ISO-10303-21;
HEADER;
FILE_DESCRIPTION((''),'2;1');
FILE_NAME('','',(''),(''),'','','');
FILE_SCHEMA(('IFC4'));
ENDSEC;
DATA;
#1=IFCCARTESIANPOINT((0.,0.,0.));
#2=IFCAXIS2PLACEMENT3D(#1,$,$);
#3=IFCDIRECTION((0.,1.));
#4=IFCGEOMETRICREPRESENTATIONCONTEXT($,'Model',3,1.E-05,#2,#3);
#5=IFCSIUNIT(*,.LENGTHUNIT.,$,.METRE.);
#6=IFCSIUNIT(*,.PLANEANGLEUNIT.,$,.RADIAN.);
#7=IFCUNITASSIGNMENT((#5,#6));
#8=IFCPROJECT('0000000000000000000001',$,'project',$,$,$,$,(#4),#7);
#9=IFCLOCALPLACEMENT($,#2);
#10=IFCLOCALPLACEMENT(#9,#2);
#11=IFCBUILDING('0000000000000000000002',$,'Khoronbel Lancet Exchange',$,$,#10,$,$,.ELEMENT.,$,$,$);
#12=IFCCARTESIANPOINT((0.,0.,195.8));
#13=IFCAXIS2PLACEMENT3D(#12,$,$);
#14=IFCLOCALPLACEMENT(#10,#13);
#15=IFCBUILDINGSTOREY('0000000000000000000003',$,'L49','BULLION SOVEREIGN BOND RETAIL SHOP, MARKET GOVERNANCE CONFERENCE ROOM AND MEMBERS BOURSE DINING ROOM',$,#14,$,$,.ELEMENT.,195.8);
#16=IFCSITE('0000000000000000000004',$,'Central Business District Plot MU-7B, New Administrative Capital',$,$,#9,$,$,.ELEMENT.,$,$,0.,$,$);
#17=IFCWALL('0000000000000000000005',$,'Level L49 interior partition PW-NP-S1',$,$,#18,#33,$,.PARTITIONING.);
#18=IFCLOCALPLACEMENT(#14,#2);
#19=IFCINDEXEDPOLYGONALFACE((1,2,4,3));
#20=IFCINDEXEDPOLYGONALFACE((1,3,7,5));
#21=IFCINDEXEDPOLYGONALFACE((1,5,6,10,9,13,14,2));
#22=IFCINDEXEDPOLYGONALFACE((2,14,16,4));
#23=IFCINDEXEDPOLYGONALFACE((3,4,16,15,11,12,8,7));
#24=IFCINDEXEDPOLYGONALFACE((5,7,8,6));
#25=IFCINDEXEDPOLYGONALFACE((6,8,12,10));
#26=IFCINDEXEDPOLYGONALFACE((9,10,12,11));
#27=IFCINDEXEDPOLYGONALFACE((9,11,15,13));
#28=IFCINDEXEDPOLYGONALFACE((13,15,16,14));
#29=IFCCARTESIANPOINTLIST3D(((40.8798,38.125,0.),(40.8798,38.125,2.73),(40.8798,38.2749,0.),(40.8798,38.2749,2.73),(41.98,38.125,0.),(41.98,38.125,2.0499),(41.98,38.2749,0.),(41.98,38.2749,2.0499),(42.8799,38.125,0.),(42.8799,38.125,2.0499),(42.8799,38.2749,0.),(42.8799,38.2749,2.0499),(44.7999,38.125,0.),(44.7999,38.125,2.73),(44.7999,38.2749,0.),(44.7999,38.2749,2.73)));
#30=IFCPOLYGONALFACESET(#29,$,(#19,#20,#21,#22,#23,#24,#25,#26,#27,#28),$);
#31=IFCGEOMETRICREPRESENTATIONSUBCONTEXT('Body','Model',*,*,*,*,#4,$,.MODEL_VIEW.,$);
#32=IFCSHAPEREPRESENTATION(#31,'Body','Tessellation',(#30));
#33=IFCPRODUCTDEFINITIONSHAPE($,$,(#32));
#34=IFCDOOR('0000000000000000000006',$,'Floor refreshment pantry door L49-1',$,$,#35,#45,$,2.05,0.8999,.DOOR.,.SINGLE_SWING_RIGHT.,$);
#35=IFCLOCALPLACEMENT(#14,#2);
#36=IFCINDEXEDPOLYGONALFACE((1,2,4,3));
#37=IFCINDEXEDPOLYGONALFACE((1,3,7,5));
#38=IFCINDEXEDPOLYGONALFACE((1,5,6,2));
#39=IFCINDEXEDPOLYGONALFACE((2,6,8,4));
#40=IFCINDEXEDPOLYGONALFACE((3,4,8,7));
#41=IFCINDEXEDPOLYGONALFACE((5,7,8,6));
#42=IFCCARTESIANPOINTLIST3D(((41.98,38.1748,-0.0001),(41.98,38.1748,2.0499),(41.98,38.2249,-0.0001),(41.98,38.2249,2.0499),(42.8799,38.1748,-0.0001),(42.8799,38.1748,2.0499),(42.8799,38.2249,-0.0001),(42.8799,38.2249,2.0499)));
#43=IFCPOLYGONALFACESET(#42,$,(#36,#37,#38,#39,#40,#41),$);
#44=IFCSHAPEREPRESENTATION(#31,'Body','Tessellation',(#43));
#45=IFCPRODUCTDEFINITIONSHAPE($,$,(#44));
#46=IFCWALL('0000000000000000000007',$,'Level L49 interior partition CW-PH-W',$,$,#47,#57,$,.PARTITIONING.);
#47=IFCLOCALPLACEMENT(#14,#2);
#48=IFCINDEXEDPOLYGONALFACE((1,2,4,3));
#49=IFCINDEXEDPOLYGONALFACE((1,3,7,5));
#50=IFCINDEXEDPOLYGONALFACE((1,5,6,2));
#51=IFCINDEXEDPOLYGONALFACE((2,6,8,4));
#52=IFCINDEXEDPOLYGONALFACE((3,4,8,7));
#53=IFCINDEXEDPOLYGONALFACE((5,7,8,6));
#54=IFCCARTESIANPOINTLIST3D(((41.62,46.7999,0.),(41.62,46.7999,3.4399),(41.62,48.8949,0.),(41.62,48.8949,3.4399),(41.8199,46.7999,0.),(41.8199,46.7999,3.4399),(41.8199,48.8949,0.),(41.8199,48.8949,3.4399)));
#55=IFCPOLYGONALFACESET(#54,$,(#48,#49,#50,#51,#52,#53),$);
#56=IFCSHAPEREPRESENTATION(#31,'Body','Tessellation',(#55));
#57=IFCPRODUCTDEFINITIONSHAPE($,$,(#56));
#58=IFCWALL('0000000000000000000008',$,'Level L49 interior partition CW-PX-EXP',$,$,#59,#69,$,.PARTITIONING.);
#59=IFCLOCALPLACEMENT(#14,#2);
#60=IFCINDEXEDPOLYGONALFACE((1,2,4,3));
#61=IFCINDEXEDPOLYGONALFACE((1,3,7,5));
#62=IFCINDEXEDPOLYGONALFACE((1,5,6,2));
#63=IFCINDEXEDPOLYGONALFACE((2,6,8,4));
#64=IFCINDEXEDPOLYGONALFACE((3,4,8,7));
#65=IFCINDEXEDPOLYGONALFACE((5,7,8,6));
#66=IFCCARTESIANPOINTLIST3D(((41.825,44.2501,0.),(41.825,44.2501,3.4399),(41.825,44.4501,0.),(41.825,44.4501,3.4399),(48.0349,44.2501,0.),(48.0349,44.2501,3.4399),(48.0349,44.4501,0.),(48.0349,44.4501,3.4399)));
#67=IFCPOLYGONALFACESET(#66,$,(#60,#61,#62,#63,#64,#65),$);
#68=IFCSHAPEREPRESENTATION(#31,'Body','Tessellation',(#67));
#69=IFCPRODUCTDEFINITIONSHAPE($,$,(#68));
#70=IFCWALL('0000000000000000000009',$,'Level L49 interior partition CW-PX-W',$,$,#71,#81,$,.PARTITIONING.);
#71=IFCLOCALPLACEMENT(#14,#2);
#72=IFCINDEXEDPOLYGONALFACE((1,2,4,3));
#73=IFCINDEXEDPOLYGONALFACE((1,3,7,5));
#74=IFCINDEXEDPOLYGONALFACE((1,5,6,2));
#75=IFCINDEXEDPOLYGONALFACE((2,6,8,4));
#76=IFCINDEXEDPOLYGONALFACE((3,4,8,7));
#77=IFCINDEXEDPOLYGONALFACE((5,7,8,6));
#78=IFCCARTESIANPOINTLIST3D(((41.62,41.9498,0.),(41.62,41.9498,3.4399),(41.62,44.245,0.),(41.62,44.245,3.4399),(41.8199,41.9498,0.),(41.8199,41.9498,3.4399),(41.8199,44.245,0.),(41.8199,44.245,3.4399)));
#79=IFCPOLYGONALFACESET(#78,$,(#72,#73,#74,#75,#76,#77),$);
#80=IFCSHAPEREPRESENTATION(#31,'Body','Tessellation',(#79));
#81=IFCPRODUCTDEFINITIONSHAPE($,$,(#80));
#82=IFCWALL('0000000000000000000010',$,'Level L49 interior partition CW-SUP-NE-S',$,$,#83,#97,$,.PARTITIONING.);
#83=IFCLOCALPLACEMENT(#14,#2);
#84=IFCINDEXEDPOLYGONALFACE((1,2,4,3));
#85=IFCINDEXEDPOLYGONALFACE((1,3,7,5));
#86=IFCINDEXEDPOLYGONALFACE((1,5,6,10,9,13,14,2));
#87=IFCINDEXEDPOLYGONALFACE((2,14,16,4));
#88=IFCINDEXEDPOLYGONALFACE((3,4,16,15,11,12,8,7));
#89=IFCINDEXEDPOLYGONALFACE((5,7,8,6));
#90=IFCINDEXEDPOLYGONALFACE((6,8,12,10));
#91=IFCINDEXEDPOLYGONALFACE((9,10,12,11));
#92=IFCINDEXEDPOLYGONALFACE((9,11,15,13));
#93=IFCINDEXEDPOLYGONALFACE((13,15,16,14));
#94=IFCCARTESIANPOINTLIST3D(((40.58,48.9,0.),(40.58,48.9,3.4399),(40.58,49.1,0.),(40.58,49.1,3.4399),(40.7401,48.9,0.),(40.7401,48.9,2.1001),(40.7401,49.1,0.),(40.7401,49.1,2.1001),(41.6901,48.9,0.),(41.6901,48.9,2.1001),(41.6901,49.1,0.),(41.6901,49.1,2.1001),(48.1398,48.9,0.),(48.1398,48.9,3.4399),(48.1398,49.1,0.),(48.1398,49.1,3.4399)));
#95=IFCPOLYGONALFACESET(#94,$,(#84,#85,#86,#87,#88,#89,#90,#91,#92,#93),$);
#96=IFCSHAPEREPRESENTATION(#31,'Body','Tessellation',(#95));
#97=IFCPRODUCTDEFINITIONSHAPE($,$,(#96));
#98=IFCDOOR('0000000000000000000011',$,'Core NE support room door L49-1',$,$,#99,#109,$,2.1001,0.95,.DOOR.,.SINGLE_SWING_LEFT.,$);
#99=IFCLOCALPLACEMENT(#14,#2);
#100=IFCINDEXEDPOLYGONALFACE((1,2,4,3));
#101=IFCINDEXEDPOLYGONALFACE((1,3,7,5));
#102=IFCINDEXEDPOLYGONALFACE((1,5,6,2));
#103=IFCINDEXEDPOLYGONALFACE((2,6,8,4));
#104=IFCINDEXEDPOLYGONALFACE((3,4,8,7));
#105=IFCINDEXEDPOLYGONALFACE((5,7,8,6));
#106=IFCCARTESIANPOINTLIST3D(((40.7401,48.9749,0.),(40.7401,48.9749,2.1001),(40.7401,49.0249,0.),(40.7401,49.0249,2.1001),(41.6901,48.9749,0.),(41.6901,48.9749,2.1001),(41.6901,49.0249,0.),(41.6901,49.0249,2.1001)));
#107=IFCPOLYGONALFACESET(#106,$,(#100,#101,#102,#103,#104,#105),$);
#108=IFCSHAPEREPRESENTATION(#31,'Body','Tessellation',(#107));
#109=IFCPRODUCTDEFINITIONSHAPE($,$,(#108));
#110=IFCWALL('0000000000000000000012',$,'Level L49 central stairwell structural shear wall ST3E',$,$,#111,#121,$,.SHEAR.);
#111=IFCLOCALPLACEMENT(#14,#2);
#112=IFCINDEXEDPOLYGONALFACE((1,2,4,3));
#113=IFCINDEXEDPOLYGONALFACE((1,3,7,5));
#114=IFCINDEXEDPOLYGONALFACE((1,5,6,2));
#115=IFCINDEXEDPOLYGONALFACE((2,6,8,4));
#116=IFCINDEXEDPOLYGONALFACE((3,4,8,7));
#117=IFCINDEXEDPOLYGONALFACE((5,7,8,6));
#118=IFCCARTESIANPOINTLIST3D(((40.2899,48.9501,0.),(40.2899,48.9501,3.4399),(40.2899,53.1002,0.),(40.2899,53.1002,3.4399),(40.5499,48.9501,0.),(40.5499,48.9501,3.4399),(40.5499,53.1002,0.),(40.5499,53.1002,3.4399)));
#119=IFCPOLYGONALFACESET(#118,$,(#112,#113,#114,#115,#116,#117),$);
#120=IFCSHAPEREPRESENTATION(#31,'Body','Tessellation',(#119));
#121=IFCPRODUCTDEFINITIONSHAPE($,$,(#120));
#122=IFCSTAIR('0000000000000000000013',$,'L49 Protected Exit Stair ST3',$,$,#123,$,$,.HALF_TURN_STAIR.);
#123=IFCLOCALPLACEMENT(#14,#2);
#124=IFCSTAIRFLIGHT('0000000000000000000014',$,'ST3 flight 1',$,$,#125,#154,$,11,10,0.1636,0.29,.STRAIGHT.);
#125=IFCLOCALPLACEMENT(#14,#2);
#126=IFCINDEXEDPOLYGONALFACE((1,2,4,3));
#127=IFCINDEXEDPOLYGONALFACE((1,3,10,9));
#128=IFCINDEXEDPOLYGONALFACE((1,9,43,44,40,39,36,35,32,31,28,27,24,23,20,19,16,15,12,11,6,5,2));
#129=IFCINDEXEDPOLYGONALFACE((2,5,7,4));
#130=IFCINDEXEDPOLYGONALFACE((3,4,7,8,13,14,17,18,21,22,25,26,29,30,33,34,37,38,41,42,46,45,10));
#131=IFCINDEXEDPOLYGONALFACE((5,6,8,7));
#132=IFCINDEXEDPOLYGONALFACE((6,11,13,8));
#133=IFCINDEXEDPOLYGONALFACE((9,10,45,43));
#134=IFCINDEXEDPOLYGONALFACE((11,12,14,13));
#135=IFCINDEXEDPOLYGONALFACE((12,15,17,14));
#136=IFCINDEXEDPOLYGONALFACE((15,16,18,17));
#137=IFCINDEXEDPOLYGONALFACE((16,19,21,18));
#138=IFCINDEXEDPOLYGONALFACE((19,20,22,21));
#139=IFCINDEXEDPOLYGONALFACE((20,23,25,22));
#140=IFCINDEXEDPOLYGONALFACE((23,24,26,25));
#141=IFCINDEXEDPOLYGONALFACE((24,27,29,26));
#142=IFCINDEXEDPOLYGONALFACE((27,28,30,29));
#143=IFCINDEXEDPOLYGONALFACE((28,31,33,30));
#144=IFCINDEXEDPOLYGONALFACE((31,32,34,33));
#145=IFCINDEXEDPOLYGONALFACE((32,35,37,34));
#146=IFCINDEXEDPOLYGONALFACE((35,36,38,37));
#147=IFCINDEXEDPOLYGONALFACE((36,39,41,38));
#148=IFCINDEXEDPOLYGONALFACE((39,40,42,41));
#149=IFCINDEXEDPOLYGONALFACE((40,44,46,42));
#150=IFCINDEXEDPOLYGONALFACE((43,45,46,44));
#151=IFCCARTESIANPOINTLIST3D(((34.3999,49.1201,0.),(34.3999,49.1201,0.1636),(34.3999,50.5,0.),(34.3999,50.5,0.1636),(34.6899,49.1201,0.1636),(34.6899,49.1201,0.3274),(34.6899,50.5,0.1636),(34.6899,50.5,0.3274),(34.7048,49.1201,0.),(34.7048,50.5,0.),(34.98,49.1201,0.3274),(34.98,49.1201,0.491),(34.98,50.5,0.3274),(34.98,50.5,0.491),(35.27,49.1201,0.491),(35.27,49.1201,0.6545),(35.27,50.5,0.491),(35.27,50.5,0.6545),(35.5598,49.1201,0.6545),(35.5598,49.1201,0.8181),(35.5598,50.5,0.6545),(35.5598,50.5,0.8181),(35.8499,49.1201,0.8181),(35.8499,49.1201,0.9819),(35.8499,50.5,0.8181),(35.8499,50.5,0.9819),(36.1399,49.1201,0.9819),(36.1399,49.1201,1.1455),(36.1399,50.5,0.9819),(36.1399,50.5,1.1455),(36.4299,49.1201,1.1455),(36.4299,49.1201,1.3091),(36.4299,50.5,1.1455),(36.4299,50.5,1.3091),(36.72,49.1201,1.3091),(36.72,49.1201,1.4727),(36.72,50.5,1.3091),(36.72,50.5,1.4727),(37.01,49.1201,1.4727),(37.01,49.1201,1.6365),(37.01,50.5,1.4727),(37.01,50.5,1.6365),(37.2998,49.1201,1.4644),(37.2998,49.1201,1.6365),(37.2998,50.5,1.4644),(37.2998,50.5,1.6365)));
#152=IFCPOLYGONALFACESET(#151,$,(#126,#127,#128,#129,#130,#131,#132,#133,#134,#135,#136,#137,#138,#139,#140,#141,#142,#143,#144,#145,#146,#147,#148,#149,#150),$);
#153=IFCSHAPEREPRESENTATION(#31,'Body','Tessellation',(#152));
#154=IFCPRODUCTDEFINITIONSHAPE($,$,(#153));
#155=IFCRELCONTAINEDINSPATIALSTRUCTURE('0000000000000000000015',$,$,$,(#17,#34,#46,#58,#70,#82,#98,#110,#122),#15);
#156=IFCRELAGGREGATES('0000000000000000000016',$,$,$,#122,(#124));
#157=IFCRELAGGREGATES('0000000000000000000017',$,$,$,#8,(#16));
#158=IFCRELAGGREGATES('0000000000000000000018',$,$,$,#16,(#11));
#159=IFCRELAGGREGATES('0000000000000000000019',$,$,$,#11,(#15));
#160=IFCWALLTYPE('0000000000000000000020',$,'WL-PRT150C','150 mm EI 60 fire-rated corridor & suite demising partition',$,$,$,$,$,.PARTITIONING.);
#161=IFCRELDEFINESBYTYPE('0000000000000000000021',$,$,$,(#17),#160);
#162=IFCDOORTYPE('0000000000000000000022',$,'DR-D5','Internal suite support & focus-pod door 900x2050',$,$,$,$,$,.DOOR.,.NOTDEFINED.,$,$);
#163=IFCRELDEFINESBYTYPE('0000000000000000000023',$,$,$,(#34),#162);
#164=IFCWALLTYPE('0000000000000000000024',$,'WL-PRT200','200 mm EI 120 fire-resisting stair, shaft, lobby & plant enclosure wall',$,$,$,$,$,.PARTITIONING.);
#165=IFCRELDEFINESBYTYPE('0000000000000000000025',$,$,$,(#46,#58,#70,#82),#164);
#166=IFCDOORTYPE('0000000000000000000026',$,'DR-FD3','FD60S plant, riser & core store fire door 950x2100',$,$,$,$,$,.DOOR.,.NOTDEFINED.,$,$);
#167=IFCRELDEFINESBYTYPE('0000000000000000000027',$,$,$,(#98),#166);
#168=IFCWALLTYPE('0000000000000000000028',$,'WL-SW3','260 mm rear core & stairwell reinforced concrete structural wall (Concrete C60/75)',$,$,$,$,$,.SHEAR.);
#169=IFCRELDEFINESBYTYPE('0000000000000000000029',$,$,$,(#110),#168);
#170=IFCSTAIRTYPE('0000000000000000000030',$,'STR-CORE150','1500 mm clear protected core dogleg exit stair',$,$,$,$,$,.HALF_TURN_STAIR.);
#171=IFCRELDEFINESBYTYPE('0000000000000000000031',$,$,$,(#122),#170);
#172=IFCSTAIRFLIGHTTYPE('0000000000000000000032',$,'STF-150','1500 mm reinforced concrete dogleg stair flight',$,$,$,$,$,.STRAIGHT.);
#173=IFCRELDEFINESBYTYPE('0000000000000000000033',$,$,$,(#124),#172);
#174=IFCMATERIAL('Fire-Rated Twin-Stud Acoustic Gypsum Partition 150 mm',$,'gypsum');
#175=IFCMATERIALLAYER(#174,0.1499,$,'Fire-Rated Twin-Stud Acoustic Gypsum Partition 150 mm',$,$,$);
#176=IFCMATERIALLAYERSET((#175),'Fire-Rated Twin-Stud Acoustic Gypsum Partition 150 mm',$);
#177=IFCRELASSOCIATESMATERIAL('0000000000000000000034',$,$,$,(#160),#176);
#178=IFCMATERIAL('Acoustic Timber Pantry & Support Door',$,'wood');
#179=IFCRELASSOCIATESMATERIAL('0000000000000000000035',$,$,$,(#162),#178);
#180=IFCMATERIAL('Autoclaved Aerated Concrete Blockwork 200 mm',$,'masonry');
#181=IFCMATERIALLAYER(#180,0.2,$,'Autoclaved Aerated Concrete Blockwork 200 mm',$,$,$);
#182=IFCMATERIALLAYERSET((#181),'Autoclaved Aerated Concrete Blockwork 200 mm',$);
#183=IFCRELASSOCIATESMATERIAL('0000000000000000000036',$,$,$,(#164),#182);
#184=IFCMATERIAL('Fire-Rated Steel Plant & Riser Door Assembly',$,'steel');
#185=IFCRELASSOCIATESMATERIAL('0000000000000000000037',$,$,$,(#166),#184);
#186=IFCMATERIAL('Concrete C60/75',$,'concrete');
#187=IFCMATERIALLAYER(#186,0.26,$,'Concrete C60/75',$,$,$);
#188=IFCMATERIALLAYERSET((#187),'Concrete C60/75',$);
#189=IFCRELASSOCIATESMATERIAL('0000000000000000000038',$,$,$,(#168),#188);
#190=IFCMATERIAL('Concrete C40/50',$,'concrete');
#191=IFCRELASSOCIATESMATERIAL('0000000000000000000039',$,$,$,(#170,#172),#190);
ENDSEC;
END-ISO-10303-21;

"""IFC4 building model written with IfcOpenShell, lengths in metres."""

from ifc_helpers import new_model, si_unit, direction, frame, frame_2d, origin, place, context, subcontext, project, spatial, polyline, rectangle, outline, extrude, material, layer, layer_set, type_object, element, fill, aggregate, save


model = new_model("IFC4")

# Units and contexts
model_context = context("Model", 3, precision=1e-05, world=origin(), true_north=direction((0.0, 1.0)))
body_context = subcontext(model_context, "Body", "Model", "MODEL_VIEW")
ifc_project = project(units=[si_unit("LENGTHUNIT", "METRE"), si_unit("PLANEANGLEUNIT", "RADIAN")], contexts=[model_context])

# Site, building, storey
site_placement = place(None, origin())
site = spatial("IfcSite", under=ifc_project, at=site_placement, Name="Central Business District Plot MU-7B, New Administrative Capital", CompositionType="ELEMENT", RefElevation=0.0)
building_placement = place(site_placement, origin())
building = spatial("IfcBuilding", under=site, at=building_placement, Name="Khoronbel Lancet Exchange", CompositionType="ELEMENT")
storey_placement = place(building_placement, frame((0.0, 0.0, 195.8)))
storey = spatial("IfcBuildingStorey", under=building, at=storey_placement, Name="L49", Description="BULLION SOVEREIGN BOND RETAIL SHOP, MARKET GOVERNANCE CONFERENCE ROOM AND MEMBERS BOURSE DINING ROOM", CompositionType="ELEMENT", Elevation=195.8)

# Shared definitions
ifc_material_1 = material(Name="Concrete C60/75", Category="concrete")

# Wall, opening, door
ifc_material_2 = material(Name="Fire-Rated Twin-Stud Acoustic Gypsum Partition 150 mm", Category="gypsum")
ifc_layer_1 = layer(ifc_material_2, 0.1499, Name="Fire-Rated Twin-Stud Acoustic Gypsum Partition 150 mm")
ifc_layer_set_1 = layer_set([ifc_layer_1], Name="Fire-Rated Twin-Stud Acoustic Gypsum Partition 150 mm")
wall_type_1 = type_object("IfcWallType", Name="WL-PRT150C", Description="150 mm EI 60 fire-rated corridor & suite demising partition", PredefinedType="PARTITIONING", material=ifc_layer_set_1)
wall_1_placement = place(storey_placement, frame((40.8799, 38.2, 0.0), z_axis=(0.0, 0.0, 1.0), x_axis=(1.0, 0.0, 0.0)))
wall_1 = element("IfcWall", 1, at=wall_1_placement, inside=storey, type_object=wall_type_1, Name="Level L49 interior partition PW-NP-S1", PredefinedType="PARTITIONING", context=body_context, shape_type="SweptSolid", body=[
    extrude(rectangle(XDim=3.9202, YDim=0.1499, at=frame_2d((1.96, 0.0))), origin(), (0.0, 0.0, 1.0), 2.73),
])
opening_1_placement = place(wall_1_placement, frame((1.1001, 0.0, 0.0)))
opening_1 = element("IfcOpeningElement", 2, at=opening_1_placement, cuts=wall_1, PredefinedType="OPENING", context=body_context, shape_type="SweptSolid", body=[
    extrude(rectangle(XDim=0.8999, YDim=2.05, at=frame_2d((0.45, 1.0249))), frame((0.0, 0.085, 0.0), z_axis=(0.0, -1.0, 0.0), x_axis=(1.0, 0.0, 0.0)), (0.0, 0.0, 1.0), 0.1699),
])
ifc_material_3 = material(Name="Acoustic Timber Pantry & Support Door", Category="wood")
door_type_1 = type_object("IfcDoorType", Name="DR-D5", Description="Internal suite support & focus-pod door 900x2050", OperationType="NOTDEFINED", PredefinedType="DOOR", material=ifc_material_3)
door_1_placement = place(opening_1_placement, origin())
door_1 = element("IfcDoor", 3, at=door_1_placement, inside=storey, type_object=door_type_1, Name="Floor refreshment pantry door L49-1", OperationType="SINGLE_SWING_RIGHT", OverallHeight=2.05, OverallWidth=0.8999, PredefinedType="DOOR", context=body_context, shape_type="SweptSolid", body=[
    extrude(rectangle(XDim=0.8999, YDim=2.05, at=frame_2d((0.45, 1.0249))), frame((0.0, 0.0249, 0.0), z_axis=(0.0, -1.0, 0.0), x_axis=(1.0, 0.0, 0.0)), (0.0, 0.0, 1.0), 0.05),
])
fill(opening_1, door_1)

# Walls
ifc_material_4 = material(Name="Autoclaved Aerated Concrete Blockwork 200 mm", Category="masonry")
ifc_layer_2 = layer(ifc_material_4, 0.2, Name="Autoclaved Aerated Concrete Blockwork 200 mm")
ifc_layer_set_2 = layer_set([ifc_layer_2], Name="Autoclaved Aerated Concrete Blockwork 200 mm")
wall_type_2 = type_object("IfcWallType", Name="WL-PRT200", Description="200 mm EI 120 fire-resisting stair, shaft, lobby & plant enclosure wall", PredefinedType="PARTITIONING", material=ifc_layer_set_2)
wall_2_placement = place(storey_placement, frame((41.72, 46.8, 0.0), z_axis=(0.0, 0.0, 1.0), x_axis=(0.0, 1.0, 0.0)))
element("IfcWall", 4, at=wall_2_placement, inside=storey, type_object=wall_type_2, Name="Level L49 interior partition CW-PH-W", PredefinedType="PARTITIONING", context=body_context, shape_type="SweptSolid", body=[
    extrude(rectangle(XDim=2.095, YDim=0.2, at=frame_2d((1.0474, 0.0))), origin(), (0.0, 0.0, 1.0), 3.4399),
])
wall_3_placement = place(storey_placement, frame((41.825, 44.3501, 0.0), z_axis=(0.0, 0.0, 1.0), x_axis=(1.0, 0.0, 0.0)))
element("IfcWall", 5, at=wall_3_placement, inside=storey, type_object=wall_type_2, Name="Level L49 interior partition CW-PX-EXP", PredefinedType="PARTITIONING", context=body_context, shape_type="SweptSolid", body=[
    extrude(rectangle(XDim=6.21, YDim=0.2, at=frame_2d((3.105, 0.0))), origin(), (0.0, 0.0, 1.0), 3.4399),
])
wall_4_placement = place(storey_placement, frame((41.72, 41.95, 0.0), z_axis=(0.0, 0.0, 1.0), x_axis=(0.0, 1.0, 0.0)))
element("IfcWall", 6, at=wall_4_placement, inside=storey, type_object=wall_type_2, Name="Level L49 interior partition CW-PX-W", PredefinedType="PARTITIONING", context=body_context, shape_type="SweptSolid", body=[
    extrude(rectangle(XDim=2.2952, YDim=0.2, at=frame_2d((1.1475, 0.0))), origin(), (0.0, 0.0, 1.0), 3.4399),
])

# Wall, opening, door
wall_5_placement = place(storey_placement, frame((40.5801, 49.0, 0.0), z_axis=(0.0, 0.0, 1.0), x_axis=(1.0, 0.0, 0.0)))
wall_5 = element("IfcWall", 7, at=wall_5_placement, inside=storey, type_object=wall_type_2, Name="Level L49 interior partition CW-SUP-NE-S", PredefinedType="PARTITIONING", context=body_context, shape_type="SweptSolid", body=[
    extrude(rectangle(XDim=7.5598, YDim=0.2, at=frame_2d((3.7798, 0.0))), origin(), (0.0, 0.0, 1.0), 3.4399),
])
opening_2_placement = place(wall_5_placement, frame((0.1599, 0.0, 0.0)))
opening_2 = element("IfcOpeningElement", 8, at=opening_2_placement, cuts=wall_5, PredefinedType="OPENING", context=body_context, shape_type="SweptSolid", body=[
    extrude(rectangle(XDim=0.95, YDim=2.1001, at=frame_2d((0.4751, 1.05))), frame((0.0, 0.1099, 0.0), z_axis=(0.0, -1.0, 0.0), x_axis=(1.0, 0.0, 0.0)), (0.0, 0.0, 1.0), 0.22),
])
ifc_material_5 = material(Name="Fire-Rated Steel Plant & Riser Door Assembly", Category="steel")
door_type_2 = type_object("IfcDoorType", Name="DR-FD3", Description="FD60S plant, riser & core store fire door 950x2100", OperationType="NOTDEFINED", PredefinedType="DOOR", material=ifc_material_5)
door_2_placement = place(opening_2_placement, origin())
door_2 = element("IfcDoor", 9, at=door_2_placement, inside=storey, type_object=door_type_2, Name="Core NE support room door L49-1", OperationType="SINGLE_SWING_LEFT", OverallHeight=2.1001, OverallWidth=0.95, PredefinedType="DOOR", context=body_context, shape_type="SweptSolid", body=[
    extrude(rectangle(XDim=0.95, YDim=2.1001, at=frame_2d((0.4751, 1.05))), frame((0.0, 0.0249, 0.0), z_axis=(0.0, -1.0, 0.0), x_axis=(1.0, 0.0, 0.0)), (0.0, 0.0, 1.0), 0.05),
])
fill(opening_2, door_2)

# Wall
ifc_layer_3 = layer(ifc_material_1, 0.26, Name="Concrete C60/75")
ifc_layer_set_3 = layer_set([ifc_layer_3], Name="Concrete C60/75")
wall_type_3 = type_object("IfcWallType", Name="WL-SW3", Description="260 mm rear core & stairwell reinforced concrete structural wall (Concrete C60/75)", PredefinedType="SHEAR", material=ifc_layer_set_3)
wall_6_placement = place(storey_placement, frame((40.4199, 48.95, 0.0), z_axis=(0.0, 0.0, 1.0), x_axis=(0.0, 1.0, 0.0)))
element("IfcWall", 10, at=wall_6_placement, inside=storey, type_object=wall_type_3, Name="Level L49 central stairwell structural shear wall ST3E", PredefinedType="SHEAR", context=body_context, shape_type="SweptSolid", body=[
    extrude(rectangle(XDim=4.1501, YDim=0.26, at=frame_2d((2.0752, 0.0))), origin(), (0.0, 0.0, 1.0), 3.4399),
])

# Stair, stair flight
ifc_material_6 = material(Name="Concrete C40/50", Category="concrete")
stair_type = type_object("IfcStairType", Name="STR-CORE150", Description="1500 mm clear protected core dogleg exit stair", PredefinedType="HALF_TURN_STAIR", material=ifc_material_6)
stair_placement = place(storey_placement, origin())
stair = element("IfcStair", 11, at=stair_placement, inside=storey, type_object=stair_type, Name="L49 Protected Exit Stair ST3", PredefinedType="HALF_TURN_STAIR")
stair_flight_type = type_object("IfcStairFlightType", Name="STF-150", Description="1500 mm reinforced concrete dogleg stair flight", PredefinedType="STRAIGHT", material=ifc_material_6)
stair_flight_1_placement = place(storey_placement, frame((34.3999, 49.8101, 0.0), z_axis=(0.0, 0.0, 1.0), x_axis=(1.0, 0.0, 0.0)))
stair_flight_1 = element("IfcStairFlight", 12, at=stair_flight_1_placement, type_object=stair_flight_type, Name="ST3 flight 1", NumberOfRisers=11, NumberOfTreads=10, PredefinedType="STRAIGHT", RiserHeight=0.1636, TreadLength=0.29, context=body_context, shape_type="SweptSolid", body=[
    extrude(outline(polyline([(0.0, 0.0), (0.0, 0.1636), (0.29, 0.1636), (0.29, 0.3274), (0.5801, 0.3274), (0.5801, 0.491), (0.8701, 0.491), (0.8701, 0.6545), (1.1599, 0.6545), (1.1599, 0.8181), (1.45, 0.8181), (1.45, 0.9819), (1.74, 0.9819), (1.74, 1.1455), (2.03, 1.1455), (2.03, 1.3091), (2.3201, 1.3091), (2.3201, 1.4727), (2.6101, 1.4727), (2.6101, 1.6365), (2.8999, 1.6365), (2.8999, 1.8), (2.8999, 1.4644), (0.3049, 0.0), (0.0, 0.0)])), frame((0.0, 0.6899, 0.0), z_axis=(0.0, -1.0, 0.0), x_axis=(1.0, 0.0, 0.0)), (0.0, 0.0, 1.0), 1.3799),
])
aggregate(stair, [stair_flight_1])

save(model, "model.ifc")
